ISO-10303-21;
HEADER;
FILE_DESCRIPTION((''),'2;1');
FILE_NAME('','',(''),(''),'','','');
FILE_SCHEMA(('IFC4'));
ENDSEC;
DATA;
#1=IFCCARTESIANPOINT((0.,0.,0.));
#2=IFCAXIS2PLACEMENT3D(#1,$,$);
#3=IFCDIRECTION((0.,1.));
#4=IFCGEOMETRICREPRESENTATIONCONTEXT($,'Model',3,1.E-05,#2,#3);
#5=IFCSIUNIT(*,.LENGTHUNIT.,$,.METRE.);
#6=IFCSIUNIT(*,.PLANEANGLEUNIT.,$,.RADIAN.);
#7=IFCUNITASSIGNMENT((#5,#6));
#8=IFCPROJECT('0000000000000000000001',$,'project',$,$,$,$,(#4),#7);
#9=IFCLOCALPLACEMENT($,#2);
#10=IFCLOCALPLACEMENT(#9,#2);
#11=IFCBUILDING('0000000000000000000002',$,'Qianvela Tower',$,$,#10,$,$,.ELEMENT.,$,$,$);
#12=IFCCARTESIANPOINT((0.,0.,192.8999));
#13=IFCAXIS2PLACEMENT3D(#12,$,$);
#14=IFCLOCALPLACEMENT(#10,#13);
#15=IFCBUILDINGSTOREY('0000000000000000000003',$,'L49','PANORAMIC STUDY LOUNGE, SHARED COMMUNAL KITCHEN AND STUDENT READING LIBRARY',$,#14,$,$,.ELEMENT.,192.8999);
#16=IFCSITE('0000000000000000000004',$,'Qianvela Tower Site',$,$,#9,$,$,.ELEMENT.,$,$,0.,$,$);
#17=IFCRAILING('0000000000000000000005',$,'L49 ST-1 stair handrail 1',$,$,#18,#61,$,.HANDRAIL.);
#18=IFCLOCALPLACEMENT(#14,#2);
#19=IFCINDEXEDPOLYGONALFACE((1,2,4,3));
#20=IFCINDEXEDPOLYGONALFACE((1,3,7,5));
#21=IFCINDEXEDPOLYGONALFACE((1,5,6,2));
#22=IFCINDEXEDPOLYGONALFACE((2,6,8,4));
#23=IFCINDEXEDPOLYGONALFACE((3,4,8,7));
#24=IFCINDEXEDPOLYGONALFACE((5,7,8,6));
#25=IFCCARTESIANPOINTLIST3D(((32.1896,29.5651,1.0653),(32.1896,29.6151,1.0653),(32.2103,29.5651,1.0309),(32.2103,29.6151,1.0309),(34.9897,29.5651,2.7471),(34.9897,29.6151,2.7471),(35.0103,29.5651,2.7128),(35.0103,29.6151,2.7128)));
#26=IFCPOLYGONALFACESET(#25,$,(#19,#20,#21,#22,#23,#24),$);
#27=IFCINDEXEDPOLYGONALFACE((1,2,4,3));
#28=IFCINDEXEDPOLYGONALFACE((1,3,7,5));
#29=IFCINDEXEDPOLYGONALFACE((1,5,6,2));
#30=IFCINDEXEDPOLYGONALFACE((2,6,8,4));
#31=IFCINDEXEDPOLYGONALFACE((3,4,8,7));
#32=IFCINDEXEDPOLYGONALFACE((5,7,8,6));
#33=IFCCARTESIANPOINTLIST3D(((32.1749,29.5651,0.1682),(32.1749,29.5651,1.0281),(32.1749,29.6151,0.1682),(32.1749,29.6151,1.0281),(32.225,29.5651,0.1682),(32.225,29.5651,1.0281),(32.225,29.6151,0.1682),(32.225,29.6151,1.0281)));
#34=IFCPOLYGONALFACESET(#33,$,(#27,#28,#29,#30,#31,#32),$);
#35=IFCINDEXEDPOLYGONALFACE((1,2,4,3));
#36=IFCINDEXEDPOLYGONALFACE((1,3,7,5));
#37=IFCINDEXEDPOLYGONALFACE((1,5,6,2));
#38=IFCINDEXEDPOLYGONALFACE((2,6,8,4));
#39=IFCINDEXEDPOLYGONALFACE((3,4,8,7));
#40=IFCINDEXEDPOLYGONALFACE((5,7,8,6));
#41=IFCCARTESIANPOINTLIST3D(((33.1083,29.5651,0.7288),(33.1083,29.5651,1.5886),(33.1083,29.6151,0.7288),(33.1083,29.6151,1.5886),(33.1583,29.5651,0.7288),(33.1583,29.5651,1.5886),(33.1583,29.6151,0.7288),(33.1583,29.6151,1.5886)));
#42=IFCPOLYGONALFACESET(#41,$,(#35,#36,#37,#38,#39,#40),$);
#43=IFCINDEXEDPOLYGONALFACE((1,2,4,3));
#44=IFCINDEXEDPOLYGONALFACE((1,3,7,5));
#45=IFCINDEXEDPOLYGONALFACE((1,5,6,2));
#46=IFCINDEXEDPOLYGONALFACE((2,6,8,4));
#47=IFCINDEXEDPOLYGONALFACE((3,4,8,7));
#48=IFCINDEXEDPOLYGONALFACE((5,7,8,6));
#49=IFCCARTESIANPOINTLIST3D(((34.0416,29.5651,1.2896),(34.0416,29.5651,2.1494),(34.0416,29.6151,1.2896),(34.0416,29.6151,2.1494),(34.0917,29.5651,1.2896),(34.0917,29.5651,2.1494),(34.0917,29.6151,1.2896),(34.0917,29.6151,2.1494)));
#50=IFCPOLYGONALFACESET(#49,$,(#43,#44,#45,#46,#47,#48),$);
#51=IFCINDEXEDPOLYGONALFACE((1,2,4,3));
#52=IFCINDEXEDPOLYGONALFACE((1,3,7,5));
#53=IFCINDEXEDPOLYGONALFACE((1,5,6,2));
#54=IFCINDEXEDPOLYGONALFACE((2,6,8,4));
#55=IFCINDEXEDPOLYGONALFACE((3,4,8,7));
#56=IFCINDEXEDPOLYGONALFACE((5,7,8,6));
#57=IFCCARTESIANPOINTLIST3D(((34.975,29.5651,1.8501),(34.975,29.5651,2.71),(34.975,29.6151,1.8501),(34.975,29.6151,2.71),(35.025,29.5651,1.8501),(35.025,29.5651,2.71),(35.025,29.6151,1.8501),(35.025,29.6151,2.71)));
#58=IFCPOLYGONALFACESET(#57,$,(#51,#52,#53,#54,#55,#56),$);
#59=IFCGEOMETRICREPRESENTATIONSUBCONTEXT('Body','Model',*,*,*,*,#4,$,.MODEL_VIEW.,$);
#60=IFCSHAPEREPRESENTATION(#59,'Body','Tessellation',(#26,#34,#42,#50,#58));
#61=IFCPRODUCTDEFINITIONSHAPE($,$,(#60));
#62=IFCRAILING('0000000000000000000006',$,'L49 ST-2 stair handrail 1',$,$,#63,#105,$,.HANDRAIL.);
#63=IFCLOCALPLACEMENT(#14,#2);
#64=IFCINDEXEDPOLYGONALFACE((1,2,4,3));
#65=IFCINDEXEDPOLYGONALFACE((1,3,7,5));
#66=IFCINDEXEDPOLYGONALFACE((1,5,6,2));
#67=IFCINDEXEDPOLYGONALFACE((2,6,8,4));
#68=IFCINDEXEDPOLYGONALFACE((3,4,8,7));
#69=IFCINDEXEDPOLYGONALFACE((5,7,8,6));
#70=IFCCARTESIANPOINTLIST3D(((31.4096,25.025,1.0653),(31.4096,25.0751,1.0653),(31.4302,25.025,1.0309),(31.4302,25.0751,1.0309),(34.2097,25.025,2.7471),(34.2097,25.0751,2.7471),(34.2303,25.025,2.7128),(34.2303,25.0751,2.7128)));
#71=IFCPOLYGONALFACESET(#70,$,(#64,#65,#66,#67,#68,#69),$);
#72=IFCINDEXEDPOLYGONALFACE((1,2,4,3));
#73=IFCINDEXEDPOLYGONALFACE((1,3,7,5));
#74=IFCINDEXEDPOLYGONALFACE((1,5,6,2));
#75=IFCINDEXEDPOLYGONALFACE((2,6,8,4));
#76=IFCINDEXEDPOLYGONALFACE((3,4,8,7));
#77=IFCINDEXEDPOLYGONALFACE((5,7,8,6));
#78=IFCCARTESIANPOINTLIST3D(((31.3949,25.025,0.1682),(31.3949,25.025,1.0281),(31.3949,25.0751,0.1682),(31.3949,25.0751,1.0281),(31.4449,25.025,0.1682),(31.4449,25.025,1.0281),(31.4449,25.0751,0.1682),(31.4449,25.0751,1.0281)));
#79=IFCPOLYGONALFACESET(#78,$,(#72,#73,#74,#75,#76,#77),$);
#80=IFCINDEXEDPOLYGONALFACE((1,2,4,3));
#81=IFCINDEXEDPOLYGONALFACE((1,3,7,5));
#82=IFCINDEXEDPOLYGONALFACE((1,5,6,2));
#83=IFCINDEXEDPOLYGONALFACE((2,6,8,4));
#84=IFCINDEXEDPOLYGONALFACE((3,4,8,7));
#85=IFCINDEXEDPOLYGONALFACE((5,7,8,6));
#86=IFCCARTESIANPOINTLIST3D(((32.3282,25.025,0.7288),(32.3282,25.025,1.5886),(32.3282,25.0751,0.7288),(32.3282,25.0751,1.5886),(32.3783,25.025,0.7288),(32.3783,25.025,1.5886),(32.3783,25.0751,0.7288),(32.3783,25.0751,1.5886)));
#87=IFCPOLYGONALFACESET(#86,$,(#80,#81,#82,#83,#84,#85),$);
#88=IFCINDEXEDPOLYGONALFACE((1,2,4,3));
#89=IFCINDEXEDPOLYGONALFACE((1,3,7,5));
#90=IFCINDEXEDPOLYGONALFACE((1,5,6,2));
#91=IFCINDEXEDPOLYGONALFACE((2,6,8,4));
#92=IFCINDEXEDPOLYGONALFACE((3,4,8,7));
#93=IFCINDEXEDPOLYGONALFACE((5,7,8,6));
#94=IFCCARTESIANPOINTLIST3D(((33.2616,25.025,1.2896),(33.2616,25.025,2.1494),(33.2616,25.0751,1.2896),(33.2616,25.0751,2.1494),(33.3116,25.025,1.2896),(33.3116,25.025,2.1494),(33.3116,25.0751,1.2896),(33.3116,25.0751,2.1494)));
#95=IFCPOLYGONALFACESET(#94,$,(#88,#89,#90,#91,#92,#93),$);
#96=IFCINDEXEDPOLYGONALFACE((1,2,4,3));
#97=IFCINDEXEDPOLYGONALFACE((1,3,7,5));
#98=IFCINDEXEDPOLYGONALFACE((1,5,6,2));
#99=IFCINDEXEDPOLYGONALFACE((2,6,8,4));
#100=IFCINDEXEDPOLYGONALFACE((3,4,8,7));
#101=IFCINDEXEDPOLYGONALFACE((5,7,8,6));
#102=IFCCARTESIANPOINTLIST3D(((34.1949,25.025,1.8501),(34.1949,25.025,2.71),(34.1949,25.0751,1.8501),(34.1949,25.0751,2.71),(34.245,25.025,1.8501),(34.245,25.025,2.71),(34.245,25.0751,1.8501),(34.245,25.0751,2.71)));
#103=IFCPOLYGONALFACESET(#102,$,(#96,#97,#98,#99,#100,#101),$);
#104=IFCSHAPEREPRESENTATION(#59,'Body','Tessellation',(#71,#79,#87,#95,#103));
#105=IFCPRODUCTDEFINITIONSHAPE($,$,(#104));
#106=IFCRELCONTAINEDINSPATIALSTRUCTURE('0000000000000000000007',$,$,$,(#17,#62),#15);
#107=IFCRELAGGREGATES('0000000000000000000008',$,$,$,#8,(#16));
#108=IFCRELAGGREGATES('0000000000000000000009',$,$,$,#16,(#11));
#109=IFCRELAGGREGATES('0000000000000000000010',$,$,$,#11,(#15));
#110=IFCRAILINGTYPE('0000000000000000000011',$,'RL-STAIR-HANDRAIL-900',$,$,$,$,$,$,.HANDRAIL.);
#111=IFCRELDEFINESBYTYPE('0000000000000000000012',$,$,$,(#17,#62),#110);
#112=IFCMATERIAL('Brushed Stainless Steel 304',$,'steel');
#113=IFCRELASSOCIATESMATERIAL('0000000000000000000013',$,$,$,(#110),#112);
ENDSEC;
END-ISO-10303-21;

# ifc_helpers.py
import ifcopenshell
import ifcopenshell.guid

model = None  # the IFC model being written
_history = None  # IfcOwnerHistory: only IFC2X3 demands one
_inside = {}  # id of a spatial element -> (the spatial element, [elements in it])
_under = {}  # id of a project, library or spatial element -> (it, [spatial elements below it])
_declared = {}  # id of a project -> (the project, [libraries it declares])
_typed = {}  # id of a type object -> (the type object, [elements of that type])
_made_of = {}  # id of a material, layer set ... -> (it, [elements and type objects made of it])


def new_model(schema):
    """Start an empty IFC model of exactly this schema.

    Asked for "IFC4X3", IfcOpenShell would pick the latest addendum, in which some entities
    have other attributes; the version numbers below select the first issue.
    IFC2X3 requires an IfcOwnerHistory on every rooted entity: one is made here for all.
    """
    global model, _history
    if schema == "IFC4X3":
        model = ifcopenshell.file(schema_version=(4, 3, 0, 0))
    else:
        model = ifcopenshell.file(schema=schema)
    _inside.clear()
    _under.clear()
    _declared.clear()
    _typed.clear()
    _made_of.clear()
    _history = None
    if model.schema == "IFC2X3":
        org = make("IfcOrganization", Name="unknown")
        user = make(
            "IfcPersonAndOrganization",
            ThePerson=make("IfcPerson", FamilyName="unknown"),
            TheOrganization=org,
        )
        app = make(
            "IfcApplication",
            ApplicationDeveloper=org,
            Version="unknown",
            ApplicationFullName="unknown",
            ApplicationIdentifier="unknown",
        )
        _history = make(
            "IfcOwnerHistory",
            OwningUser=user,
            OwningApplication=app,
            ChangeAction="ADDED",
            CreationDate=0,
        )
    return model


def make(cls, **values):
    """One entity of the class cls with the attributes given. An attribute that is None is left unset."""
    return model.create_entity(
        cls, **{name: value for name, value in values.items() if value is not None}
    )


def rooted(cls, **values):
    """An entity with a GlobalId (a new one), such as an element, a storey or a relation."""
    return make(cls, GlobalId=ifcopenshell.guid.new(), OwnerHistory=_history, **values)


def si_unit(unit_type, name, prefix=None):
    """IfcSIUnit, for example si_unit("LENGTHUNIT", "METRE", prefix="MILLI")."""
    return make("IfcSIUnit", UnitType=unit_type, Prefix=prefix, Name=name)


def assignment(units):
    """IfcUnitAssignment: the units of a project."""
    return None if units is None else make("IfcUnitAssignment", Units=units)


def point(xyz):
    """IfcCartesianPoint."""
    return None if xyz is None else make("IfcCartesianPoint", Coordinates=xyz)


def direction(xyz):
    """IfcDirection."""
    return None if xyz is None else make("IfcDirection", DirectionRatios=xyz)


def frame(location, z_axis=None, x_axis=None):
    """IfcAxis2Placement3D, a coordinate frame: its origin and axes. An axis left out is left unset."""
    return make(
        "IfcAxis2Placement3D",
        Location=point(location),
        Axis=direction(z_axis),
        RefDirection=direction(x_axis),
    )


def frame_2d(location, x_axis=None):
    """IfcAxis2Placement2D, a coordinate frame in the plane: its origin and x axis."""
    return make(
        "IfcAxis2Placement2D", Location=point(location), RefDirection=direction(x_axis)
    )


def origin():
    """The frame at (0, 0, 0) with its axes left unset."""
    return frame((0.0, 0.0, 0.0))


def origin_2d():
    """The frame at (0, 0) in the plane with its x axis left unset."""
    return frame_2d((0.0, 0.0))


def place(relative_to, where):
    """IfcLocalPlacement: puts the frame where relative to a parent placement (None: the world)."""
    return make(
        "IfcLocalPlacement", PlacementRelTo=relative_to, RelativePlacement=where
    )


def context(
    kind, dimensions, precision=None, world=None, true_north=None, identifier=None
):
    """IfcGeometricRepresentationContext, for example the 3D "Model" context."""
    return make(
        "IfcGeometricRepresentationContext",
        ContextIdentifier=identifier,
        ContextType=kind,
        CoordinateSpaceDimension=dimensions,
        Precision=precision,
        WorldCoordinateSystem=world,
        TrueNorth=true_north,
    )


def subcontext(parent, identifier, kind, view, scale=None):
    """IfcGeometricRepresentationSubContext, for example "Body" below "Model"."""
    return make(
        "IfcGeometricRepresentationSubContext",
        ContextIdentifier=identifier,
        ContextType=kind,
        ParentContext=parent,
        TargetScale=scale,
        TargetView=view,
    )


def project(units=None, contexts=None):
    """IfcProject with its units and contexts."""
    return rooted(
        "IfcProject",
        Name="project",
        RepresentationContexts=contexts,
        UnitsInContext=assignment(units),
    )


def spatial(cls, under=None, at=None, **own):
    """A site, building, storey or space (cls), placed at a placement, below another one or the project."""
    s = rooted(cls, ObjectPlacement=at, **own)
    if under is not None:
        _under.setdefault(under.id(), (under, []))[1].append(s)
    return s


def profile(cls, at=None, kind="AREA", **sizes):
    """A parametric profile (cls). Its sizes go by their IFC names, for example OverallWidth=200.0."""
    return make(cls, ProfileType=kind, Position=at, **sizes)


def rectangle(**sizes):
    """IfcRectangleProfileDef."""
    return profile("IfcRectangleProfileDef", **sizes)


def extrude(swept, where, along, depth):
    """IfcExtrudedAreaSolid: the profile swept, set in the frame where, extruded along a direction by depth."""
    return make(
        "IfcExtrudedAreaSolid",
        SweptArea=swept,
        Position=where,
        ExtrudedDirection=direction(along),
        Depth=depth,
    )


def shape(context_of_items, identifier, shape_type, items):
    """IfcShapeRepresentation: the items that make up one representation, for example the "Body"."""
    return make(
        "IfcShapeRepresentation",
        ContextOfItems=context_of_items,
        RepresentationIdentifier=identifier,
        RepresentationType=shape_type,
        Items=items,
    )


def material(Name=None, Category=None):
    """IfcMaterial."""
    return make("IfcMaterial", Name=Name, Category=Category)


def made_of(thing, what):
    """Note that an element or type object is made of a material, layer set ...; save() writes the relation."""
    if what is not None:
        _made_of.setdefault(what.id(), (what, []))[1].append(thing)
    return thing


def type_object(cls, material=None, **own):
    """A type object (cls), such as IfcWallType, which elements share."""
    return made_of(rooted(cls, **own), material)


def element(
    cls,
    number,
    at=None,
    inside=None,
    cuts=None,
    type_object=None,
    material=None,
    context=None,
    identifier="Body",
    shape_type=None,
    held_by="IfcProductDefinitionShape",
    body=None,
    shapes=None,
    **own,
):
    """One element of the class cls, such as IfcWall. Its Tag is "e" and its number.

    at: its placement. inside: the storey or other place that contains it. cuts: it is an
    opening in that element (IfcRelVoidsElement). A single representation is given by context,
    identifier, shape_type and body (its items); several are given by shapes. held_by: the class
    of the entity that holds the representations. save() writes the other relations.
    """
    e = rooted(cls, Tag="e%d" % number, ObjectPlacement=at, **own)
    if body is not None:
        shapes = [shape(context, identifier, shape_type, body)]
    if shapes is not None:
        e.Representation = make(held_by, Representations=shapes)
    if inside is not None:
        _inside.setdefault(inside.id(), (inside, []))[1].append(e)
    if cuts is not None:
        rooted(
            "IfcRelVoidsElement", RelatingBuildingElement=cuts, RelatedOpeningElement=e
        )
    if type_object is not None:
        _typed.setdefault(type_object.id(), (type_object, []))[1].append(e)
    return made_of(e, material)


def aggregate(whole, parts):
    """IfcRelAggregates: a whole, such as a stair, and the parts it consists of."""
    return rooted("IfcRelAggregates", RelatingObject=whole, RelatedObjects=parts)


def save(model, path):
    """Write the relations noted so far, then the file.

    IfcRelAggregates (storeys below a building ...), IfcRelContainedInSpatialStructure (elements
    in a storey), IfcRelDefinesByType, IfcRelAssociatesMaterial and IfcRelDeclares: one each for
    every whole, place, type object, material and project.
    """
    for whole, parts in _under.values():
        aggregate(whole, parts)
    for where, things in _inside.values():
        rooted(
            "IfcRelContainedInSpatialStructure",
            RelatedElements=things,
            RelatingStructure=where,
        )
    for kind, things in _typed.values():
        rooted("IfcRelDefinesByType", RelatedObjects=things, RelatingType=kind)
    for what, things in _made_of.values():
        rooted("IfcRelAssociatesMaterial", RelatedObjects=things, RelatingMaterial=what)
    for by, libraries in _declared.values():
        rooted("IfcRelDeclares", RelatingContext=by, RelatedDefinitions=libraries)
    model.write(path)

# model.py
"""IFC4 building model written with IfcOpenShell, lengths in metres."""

from ifc_helpers import new_model, si_unit, direction, frame, origin, origin_2d, place, context, subcontext, project, spatial, rectangle, extrude, material, type_object, element, save


model = new_model("IFC4")

# Units and contexts
model_context = context("Model", 3, precision=1e-05, world=origin(), true_north=direction((0.0, 1.0)))
body_context = subcontext(model_context, "Body", "Model", "MODEL_VIEW")
ifc_project = project(units=[si_unit("LENGTHUNIT", "METRE"), si_unit("PLANEANGLEUNIT", "RADIAN")], contexts=[model_context])

# Site, building, storey
site_placement = place(None, origin())
site = spatial("IfcSite", under=ifc_project, at=site_placement, Name="Qianvela Tower Site", CompositionType="ELEMENT", RefElevation=0.0)
building_placement = place(site_placement, origin())
building = spatial("IfcBuilding", under=site, at=building_placement, Name="Qianvela Tower", CompositionType="ELEMENT")
storey_placement = place(building_placement, frame((0.0, 0.0, 192.8999)))
storey = spatial("IfcBuildingStorey", under=building, at=storey_placement, Name="L49", Description="PANORAMIC STUDY LOUNGE, SHARED COMMUNAL KITCHEN AND STUDENT READING LIBRARY", CompositionType="ELEMENT", Elevation=192.8999)

# Railings
ifc_material_1 = material(Name="Brushed Stainless Steel 304", Category="steel")
railing_type_1 = type_object("IfcRailingType", Name="RL-STAIR-HANDRAIL-900", PredefinedType="HANDRAIL", material=ifc_material_1)
for number, where, name in (
    (1, (32.2, 29.5901, 0.1682), "L49 ST-1 stair handrail 1"),
    (2, (31.4199, 25.05, 0.1682), "L49 ST-2 stair handrail 1"),
):
    element("IfcRailing", number, at=place(storey_placement, frame(where)), inside=storey, type_object=railing_type_1, Name=name, PredefinedType="HANDRAIL", context=body_context, shape_type="SweptSolid", body=[
        extrude(rectangle(XDim=0.05, YDim=0.04, at=origin_2d()), frame((0.0, 0.0, 0.8799), z_axis=(0.857242, 0.0, 0.514913), x_axis=(0.0, 1.0, 0.0)), (0.0, 0.0, 1.0), 3.2664),
        extrude(rectangle(XDim=0.05, YDim=0.05, at=origin_2d()), origin(), (0.0, 0.0, 1.0), 0.8599),
        extrude(rectangle(XDim=0.05, YDim=0.05, at=origin_2d()), frame((0.9333, 0.0, 0.5605)), (0.0, 0.0, 1.0), 0.8599),
        extrude(rectangle(XDim=0.05, YDim=0.05, at=origin_2d()), frame((1.8667, 0.0, 1.1213)), (0.0, 0.0, 1.0), 0.8599),
        extrude(rectangle(XDim=0.05, YDim=0.05, at=origin_2d()), frame((2.8, 0.0, 1.6819)), (0.0, 0.0, 1.0), 0.8599),
    ])

save(model, "model.ifc")
